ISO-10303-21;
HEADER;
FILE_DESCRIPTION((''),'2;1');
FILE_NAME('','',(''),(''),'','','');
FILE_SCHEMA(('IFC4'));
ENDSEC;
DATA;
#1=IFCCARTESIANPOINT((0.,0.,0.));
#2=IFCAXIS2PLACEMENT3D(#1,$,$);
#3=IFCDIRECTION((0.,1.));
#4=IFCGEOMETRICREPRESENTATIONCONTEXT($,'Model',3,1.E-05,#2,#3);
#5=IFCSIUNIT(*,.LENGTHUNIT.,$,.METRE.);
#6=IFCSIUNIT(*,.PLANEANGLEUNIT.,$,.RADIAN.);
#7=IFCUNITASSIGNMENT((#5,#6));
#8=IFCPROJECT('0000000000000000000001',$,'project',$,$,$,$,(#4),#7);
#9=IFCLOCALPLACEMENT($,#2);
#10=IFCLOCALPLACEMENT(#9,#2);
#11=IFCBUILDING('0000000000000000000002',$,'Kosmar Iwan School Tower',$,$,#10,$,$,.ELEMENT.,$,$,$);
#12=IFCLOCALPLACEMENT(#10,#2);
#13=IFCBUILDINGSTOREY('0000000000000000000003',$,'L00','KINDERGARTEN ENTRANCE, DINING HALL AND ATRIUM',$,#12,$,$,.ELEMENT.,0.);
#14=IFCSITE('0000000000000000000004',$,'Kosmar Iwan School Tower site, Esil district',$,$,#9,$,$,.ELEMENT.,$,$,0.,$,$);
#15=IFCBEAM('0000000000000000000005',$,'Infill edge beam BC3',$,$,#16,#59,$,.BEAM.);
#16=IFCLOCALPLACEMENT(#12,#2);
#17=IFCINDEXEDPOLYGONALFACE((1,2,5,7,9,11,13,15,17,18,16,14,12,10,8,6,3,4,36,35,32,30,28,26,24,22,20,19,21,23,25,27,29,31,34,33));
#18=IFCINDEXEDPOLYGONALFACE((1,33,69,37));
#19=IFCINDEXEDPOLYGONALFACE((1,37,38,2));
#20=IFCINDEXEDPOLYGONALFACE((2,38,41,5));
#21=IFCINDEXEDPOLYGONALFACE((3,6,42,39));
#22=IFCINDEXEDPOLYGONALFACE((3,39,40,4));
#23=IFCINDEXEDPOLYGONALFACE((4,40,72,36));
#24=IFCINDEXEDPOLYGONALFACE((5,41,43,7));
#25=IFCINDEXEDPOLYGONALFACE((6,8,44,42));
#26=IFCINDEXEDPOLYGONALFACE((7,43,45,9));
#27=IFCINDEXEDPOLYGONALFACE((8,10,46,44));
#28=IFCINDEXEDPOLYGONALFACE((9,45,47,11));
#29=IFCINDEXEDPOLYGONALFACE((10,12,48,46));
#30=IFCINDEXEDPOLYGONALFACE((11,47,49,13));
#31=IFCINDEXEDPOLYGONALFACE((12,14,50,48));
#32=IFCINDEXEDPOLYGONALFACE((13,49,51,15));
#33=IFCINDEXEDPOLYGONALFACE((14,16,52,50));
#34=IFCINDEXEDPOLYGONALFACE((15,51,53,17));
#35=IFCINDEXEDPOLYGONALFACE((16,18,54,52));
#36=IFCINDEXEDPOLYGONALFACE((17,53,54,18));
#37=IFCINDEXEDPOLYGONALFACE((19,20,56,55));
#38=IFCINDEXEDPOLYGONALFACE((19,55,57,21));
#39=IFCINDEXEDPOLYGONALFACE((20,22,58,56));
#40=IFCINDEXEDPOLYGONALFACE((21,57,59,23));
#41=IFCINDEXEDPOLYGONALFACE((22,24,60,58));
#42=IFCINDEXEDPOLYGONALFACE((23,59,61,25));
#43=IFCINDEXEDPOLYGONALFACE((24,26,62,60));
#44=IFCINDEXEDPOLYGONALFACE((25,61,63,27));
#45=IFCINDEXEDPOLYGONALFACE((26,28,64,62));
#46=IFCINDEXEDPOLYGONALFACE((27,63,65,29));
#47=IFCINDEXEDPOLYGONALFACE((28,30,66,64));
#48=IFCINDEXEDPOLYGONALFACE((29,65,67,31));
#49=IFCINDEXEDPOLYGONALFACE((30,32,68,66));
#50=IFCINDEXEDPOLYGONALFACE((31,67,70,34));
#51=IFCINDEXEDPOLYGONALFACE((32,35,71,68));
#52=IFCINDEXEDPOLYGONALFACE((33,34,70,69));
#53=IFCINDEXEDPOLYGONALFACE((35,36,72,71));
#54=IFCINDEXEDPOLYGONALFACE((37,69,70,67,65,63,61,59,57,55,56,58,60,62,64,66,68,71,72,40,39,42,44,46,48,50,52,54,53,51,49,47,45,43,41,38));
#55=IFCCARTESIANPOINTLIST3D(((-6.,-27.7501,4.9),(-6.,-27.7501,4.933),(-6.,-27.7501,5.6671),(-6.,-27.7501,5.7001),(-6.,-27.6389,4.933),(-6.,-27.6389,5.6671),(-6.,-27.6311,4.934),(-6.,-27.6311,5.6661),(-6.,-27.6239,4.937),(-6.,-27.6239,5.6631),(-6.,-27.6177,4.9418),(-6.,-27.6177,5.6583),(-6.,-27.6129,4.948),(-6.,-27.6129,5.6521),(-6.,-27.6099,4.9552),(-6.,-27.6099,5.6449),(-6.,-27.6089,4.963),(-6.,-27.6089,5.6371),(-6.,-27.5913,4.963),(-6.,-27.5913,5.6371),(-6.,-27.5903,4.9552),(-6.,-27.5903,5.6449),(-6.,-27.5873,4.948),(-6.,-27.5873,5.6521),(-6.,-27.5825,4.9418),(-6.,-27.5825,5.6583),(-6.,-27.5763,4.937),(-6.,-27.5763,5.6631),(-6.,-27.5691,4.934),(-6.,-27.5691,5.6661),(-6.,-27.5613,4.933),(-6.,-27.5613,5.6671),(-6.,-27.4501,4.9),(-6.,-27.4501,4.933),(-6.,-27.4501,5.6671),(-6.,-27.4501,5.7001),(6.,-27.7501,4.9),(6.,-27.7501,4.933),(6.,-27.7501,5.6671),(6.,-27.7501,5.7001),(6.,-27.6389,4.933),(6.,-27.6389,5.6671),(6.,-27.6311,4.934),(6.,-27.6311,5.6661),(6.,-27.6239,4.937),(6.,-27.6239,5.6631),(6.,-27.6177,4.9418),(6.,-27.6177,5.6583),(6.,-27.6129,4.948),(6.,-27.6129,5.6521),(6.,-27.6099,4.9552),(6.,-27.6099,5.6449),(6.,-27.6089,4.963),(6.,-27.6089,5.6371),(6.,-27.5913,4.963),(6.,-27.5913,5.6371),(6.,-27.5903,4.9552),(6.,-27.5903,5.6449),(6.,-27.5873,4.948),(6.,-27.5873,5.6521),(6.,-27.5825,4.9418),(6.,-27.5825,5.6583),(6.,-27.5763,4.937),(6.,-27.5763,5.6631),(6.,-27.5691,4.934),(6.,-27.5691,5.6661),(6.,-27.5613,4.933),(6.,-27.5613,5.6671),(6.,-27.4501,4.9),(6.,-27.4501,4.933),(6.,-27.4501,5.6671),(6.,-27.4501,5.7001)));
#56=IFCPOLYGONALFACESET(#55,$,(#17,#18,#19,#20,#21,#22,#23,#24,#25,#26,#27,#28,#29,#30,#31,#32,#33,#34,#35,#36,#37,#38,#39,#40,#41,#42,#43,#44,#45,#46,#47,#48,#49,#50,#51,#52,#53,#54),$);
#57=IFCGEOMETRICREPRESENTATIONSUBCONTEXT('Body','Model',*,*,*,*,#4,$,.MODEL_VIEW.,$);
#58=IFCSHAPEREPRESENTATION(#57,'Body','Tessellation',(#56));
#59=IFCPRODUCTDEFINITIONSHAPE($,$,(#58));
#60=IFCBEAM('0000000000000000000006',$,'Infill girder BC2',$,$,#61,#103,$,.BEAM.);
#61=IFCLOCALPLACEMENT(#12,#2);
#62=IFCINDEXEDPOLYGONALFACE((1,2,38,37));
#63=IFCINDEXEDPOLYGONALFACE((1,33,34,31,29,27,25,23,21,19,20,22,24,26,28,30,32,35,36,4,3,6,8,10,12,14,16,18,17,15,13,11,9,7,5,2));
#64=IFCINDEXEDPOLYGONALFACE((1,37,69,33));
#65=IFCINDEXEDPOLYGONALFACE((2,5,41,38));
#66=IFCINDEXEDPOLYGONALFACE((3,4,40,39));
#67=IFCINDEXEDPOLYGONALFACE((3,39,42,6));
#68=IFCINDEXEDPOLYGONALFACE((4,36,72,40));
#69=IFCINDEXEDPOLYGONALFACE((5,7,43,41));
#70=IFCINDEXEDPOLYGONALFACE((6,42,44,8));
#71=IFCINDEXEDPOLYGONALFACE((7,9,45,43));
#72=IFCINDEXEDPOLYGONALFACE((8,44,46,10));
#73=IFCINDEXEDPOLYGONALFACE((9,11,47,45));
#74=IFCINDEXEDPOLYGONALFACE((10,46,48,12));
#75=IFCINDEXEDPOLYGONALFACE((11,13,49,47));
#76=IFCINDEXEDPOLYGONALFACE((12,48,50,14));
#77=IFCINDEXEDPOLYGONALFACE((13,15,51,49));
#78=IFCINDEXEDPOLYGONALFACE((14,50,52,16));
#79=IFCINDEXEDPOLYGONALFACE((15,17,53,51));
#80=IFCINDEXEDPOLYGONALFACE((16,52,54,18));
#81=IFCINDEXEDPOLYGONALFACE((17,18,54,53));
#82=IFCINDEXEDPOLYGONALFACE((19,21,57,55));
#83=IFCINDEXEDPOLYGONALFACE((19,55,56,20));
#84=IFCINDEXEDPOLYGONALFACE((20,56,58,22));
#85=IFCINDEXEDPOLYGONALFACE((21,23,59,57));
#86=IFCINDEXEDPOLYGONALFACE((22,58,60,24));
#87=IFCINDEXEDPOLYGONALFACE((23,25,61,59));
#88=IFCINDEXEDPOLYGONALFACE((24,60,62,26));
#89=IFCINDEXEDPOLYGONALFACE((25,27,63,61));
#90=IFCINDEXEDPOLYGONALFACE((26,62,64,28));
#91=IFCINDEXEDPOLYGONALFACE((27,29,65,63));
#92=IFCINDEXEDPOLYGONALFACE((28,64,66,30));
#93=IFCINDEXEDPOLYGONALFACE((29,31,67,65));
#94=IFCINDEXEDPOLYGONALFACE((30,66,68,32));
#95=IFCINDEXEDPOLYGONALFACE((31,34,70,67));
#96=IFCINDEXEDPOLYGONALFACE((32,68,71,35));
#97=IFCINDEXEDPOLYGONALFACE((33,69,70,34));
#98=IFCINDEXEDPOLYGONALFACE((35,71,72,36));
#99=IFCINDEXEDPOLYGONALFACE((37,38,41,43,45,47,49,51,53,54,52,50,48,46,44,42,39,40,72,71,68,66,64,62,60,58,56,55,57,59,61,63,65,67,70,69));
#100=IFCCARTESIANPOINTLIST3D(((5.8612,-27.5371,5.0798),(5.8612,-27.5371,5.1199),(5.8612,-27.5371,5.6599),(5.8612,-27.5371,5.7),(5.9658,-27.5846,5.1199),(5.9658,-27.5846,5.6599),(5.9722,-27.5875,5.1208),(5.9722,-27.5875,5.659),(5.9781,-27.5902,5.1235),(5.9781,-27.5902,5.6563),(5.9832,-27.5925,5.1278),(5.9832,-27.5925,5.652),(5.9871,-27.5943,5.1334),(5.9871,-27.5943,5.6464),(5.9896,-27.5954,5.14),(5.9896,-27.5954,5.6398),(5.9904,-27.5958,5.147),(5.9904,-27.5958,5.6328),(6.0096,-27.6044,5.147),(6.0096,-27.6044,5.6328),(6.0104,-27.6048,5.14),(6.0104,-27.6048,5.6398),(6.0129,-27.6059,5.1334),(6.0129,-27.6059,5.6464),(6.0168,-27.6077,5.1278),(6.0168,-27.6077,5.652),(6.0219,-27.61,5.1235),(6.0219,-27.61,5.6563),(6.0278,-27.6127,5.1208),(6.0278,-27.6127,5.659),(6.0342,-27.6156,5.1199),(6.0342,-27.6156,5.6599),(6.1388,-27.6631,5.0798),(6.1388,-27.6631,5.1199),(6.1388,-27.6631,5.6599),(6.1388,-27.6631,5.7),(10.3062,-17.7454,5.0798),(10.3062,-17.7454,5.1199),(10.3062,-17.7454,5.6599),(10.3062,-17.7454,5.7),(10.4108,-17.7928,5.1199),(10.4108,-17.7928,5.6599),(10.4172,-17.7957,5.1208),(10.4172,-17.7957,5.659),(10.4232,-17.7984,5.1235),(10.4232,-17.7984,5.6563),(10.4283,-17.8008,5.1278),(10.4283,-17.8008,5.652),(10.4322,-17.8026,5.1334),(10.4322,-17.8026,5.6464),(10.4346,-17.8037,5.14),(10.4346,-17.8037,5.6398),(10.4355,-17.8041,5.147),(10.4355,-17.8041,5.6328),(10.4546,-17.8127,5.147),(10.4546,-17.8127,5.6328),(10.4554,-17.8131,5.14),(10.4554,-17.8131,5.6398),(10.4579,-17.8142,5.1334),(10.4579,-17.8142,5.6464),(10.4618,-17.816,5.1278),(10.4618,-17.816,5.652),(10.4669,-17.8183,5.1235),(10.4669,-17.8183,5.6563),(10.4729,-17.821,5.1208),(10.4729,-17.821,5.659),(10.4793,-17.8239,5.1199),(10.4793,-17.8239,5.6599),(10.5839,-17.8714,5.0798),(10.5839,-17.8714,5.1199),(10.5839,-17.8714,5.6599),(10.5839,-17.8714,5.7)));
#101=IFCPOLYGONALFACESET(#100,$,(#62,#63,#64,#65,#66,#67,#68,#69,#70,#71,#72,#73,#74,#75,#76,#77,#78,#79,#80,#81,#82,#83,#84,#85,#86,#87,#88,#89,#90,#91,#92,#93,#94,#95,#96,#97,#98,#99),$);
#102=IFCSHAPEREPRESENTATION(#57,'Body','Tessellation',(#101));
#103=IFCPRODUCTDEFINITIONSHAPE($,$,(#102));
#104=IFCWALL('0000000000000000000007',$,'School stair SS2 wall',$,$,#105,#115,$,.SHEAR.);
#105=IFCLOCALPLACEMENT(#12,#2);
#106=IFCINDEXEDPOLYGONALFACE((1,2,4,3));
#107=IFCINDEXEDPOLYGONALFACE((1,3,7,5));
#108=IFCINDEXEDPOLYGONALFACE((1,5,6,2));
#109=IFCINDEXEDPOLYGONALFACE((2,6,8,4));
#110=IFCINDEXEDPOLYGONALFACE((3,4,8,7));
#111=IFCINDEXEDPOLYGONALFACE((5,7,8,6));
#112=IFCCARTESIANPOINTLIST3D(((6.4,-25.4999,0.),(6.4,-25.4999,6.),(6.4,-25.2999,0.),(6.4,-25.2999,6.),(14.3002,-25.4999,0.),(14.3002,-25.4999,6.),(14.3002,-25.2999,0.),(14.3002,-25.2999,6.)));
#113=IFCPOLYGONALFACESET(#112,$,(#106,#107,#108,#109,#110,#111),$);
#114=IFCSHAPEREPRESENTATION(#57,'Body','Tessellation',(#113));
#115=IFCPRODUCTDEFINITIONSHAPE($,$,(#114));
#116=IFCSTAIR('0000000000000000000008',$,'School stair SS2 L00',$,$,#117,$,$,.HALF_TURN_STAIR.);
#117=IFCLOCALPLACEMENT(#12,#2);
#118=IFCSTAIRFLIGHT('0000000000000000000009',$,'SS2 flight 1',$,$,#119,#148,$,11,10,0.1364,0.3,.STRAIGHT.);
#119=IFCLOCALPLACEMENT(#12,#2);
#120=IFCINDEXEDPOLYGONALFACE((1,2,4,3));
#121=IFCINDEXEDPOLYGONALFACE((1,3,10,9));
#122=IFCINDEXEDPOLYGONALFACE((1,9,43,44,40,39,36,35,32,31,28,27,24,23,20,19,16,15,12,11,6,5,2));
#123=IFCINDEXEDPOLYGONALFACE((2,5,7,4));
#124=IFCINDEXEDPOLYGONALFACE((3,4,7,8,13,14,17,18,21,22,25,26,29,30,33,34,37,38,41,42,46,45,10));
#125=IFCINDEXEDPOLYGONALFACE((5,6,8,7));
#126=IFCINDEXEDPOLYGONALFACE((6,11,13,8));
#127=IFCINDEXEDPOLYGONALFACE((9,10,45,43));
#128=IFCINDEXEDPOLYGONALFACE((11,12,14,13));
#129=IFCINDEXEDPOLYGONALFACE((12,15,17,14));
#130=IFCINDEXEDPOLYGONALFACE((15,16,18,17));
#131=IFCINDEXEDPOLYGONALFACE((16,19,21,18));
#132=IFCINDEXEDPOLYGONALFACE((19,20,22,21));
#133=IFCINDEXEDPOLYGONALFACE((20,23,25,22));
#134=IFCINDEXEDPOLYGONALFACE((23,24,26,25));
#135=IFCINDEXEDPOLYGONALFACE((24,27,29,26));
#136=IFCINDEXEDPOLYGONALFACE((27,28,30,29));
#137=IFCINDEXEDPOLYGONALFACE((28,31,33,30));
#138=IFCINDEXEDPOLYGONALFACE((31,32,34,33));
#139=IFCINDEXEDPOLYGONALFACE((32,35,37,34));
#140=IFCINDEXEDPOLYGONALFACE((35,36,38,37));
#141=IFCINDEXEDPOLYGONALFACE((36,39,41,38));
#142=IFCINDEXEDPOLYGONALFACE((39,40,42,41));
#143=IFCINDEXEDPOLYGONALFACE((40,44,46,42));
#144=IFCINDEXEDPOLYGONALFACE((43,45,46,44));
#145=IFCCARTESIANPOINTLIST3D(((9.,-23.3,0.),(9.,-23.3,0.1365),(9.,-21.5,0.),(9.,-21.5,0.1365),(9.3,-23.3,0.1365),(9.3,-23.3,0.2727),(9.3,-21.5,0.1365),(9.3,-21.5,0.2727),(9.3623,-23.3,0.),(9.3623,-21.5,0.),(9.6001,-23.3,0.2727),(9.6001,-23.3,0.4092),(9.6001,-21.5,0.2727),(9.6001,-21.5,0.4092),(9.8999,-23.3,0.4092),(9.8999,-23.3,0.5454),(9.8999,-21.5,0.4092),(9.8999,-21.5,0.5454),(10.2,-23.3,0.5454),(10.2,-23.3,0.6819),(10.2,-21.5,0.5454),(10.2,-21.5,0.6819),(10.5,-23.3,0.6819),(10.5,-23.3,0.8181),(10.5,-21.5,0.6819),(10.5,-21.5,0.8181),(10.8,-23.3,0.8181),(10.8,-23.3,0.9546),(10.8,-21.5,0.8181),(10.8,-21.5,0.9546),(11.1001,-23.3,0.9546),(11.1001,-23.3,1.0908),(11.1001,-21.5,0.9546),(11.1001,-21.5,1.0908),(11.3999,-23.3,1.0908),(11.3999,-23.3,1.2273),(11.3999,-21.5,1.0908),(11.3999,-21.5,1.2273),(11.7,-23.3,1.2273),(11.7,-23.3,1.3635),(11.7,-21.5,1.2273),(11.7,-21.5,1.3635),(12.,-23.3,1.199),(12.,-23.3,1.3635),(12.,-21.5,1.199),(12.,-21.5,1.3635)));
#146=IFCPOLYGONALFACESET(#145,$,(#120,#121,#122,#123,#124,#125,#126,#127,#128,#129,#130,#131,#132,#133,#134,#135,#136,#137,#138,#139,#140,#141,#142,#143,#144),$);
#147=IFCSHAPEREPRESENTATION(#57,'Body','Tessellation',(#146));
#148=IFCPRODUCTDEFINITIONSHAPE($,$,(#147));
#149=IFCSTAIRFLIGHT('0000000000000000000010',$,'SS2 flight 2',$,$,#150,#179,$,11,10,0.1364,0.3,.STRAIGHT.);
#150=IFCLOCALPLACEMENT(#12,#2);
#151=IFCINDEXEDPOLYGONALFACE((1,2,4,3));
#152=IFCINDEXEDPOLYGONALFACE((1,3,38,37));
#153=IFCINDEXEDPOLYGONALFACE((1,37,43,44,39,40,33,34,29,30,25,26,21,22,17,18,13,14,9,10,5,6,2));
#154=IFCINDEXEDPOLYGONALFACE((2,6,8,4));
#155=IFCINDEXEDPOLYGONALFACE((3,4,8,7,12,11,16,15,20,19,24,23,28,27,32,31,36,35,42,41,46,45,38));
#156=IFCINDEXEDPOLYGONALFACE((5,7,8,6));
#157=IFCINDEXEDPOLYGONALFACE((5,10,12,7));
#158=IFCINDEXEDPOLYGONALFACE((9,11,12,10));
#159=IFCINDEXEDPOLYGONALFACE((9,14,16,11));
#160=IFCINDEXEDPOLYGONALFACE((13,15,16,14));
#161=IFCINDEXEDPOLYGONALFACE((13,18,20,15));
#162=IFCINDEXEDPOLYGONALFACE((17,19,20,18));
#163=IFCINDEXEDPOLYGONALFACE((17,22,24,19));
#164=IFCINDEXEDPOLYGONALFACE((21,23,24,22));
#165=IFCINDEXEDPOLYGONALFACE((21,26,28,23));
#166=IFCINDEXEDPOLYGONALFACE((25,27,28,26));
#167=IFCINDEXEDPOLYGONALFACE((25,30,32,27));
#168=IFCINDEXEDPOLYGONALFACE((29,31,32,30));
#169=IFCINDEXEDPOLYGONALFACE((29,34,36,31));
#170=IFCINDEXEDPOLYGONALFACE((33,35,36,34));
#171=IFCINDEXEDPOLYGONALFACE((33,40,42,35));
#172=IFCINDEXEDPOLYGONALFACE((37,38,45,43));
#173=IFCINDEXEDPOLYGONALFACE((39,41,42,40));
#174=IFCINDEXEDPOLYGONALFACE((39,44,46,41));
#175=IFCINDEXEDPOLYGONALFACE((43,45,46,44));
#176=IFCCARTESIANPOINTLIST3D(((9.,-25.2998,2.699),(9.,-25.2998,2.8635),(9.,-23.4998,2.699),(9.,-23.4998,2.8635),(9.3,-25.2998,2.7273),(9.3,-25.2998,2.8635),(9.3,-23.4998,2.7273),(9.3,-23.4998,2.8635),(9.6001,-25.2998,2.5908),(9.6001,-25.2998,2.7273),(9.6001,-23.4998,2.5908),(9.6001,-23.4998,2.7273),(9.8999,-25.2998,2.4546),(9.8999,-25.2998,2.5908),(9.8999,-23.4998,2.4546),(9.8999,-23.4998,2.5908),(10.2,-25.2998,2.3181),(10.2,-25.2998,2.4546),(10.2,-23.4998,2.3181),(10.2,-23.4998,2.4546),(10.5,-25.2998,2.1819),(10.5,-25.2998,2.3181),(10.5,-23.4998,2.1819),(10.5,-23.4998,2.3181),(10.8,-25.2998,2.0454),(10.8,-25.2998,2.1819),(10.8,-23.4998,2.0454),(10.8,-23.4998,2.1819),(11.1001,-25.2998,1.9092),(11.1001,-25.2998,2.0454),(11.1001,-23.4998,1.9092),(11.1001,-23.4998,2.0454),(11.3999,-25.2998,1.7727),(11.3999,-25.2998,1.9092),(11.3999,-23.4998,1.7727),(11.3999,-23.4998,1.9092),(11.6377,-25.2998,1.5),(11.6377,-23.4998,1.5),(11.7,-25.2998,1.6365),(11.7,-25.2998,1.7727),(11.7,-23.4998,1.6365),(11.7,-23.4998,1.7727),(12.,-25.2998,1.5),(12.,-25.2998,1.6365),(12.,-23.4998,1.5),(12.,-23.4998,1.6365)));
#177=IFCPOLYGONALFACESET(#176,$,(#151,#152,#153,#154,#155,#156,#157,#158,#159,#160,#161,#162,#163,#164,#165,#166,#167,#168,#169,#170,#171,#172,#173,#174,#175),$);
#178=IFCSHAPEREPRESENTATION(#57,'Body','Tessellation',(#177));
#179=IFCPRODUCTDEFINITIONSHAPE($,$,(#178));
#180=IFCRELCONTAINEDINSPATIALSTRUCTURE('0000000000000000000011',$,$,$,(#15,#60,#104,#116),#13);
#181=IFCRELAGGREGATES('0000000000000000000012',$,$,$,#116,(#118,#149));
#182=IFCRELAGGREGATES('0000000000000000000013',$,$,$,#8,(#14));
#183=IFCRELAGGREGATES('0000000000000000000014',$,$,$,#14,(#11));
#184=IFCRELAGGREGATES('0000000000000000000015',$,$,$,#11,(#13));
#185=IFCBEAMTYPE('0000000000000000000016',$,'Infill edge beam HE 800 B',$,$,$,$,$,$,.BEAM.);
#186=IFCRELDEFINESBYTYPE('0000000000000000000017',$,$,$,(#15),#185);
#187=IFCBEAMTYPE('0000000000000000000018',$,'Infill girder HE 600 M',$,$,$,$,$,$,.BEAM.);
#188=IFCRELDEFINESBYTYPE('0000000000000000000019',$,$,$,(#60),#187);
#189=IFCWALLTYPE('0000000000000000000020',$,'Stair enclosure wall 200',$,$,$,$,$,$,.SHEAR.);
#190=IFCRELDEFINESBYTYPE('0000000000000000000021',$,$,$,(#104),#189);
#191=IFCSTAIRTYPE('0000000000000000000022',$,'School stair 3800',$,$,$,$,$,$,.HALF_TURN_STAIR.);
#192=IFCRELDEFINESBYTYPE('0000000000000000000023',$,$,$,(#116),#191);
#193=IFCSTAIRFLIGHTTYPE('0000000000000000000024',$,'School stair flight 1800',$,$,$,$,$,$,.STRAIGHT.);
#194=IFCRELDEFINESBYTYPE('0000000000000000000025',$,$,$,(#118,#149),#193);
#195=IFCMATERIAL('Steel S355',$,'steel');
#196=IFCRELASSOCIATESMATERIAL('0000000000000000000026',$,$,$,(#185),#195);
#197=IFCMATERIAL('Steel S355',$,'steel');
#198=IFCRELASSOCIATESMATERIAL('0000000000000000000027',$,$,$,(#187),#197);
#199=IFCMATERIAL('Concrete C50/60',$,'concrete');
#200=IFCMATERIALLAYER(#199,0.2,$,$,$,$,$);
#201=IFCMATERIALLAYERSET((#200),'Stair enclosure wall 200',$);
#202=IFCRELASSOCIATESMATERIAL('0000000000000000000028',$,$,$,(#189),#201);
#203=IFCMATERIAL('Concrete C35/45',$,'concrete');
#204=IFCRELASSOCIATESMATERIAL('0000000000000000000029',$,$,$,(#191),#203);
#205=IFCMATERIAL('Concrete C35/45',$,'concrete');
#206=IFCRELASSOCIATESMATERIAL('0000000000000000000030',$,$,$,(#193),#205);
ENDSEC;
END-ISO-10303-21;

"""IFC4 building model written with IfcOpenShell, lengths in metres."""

from ifc_helpers import new_model, si_unit, direction, frame, frame_2d, origin, origin_2d, place, context, subcontext, project, spatial, polyline, rectangle, i_section, outline, extrude, material, layer, layer_set, material_profile, profile_set, type_object, element, aggregate, save


model = new_model("IFC4")

# Units and contexts
model_context = context("Model", 3, precision=1e-05, world=origin(), true_north=direction((0.0, 1.0)))
body_context = subcontext(model_context, "Body", "Model", "MODEL_VIEW")
ifc_project = project(units=[si_unit("LENGTHUNIT", "METRE"), si_unit("PLANEANGLEUNIT", "RADIAN")], contexts=[model_context])

# Site, building, storey
site_placement = place(None, origin())
site = spatial("IfcSite", under=ifc_project, at=site_placement, Name="Kosmar Iwan School Tower site, Esil district", CompositionType="ELEMENT", RefElevation=0.0)
building_placement = place(site_placement, origin())
building = spatial("IfcBuilding", under=site, at=building_placement, Name="Kosmar Iwan School Tower", CompositionType="ELEMENT")
storey_placement = place(building_placement, origin())
storey = spatial("IfcBuildingStorey", under=building, at=storey_placement, Name="L00", Description="KINDERGARTEN ENTRANCE, DINING HALL AND ATRIUM", CompositionType="ELEMENT", Elevation=0.0)

# Beams
ifc_material_1 = material(Name="Steel S355", Category="steel")
ifc_material_profile_1 = material_profile(ifc_material_1, i_section(OverallWidth=0.3, OverallDepth=0.8, WebThickness=0.0176, FlangeThickness=0.033, FilletRadius=0.03, at=origin_2d()), Name="HE 800 B")
ifc_profile_set_1 = profile_set([ifc_material_profile_1], Name="Steel S355")
beam_type_1 = type_object("IfcBeamType", Name="Infill edge beam HE 800 B", PredefinedType="BEAM", material=ifc_profile_set_1)
beam_1_placement = place(storey_placement, frame((6.0, -27.6001, 5.3), z_axis=(-1.0, 0.0, 0.0), x_axis=(0.0, -1.0, 0.0)))
element("IfcBeam", 1, at=beam_1_placement, inside=storey, type_object=beam_type_1, Name="Infill edge beam BC3", PredefinedType="BEAM", context=body_context, shape_type="SweptSolid", body=[
    extrude(i_section(OverallWidth=0.3, OverallDepth=0.8, WebThickness=0.0176, FlangeThickness=0.033, FilletRadius=0.03, at=origin_2d()), origin(), (0.0, 0.0, 1.0), 12.0),
])
ifc_material_2 = material(Name="Steel S355", Category="steel")
ifc_material_profile_2 = material_profile(ifc_material_2, i_section(OverallWidth=0.3049, OverallDepth=0.6201, WebThickness=0.021, FlangeThickness=0.04, FilletRadius=0.0271, at=origin_2d()), Name="HE 600 M")
ifc_profile_set_2 = profile_set([ifc_material_profile_2], Name="Steel S355")
beam_type_2 = type_object("IfcBeamType", Name="Infill girder HE 600 M", PredefinedType="BEAM", material=ifc_profile_set_2)
beam_2_placement = place(storey_placement, frame((6.0, -27.6001, 5.3899), z_axis=(0.413362, 0.910567, 0.0), x_axis=(-0.910567, 0.413362, 0.0)))
element("IfcBeam", 2, at=beam_2_placement, inside=storey, type_object=beam_type_2, Name="Infill girder BC2", PredefinedType="BEAM", context=body_context, shape_type="SweptSolid", body=[
    extrude(i_section(OverallWidth=0.3049, OverallDepth=0.6201, WebThickness=0.021, FlangeThickness=0.04, FilletRadius=0.0271, at=origin_2d()), origin(), (0.0, 0.0, 1.0), 10.7534),
])

# Wall
ifc_material_3 = material(Name="Concrete C50/60", Category="concrete")
ifc_layer_1 = layer(ifc_material_3, 0.2)
ifc_layer_set_1 = layer_set([ifc_layer_1], Name="Stair enclosure wall 200")
wall_type = type_object("IfcWallType", Name="Stair enclosure wall 200", PredefinedType="SHEAR", material=ifc_layer_set_1)
wall_placement = place(storey_placement, frame((6.3999, -25.3999, 0.0), z_axis=(0.0, 0.0, 1.0), x_axis=(1.0, 0.0, 0.0)))
element("IfcWall", 3, at=wall_placement, inside=storey, type_object=wall_type, Name="School stair SS2 wall", PredefinedType="SHEAR", context=body_context, shape_type="SweptSolid", body=[
    extrude(rectangle(XDim=7.9001, YDim=0.2, at=frame_2d((3.9502, 0.0))), origin(), (0.0, 0.0, 1.0), 6.0),
])

# Stair, stair flights
ifc_material_4 = material(Name="Concrete C35/45", Category="concrete")
stair_type = type_object("IfcStairType", Name="School stair 3800", PredefinedType="HALF_TURN_STAIR", material=ifc_material_4)
stair_placement = place(storey_placement, origin())
stair = element("IfcStair", 4, at=stair_placement, inside=storey, type_object=stair_type, Name="School stair SS2 L00", PredefinedType="HALF_TURN_STAIR")
ifc_material_5 = material(Name="Concrete C35/45", Category="concrete")
stair_flight_type = type_object("IfcStairFlightType", Name="School stair flight 1800", PredefinedType="STRAIGHT", material=ifc_material_5)
stair_flight_1_placement = place(storey_placement, frame((9.0, -22.3999, 0.0), z_axis=(0.0, 0.0, 1.0), x_axis=(1.0, 0.0, 0.0)))
stair_flight_1 = element("IfcStairFlight", 5, at=stair_flight_1_placement, type_object=stair_flight_type, Name="SS2 flight 1", NumberOfRisers=11, NumberOfTreads=10, PredefinedType="STRAIGHT", RiserHeight=0.1364, TreadLength=0.3, context=body_context, shape_type="SweptSolid", body=[
    extrude(outline(polyline([(0.0, 0.0), (0.0, 0.1365), (0.3, 0.1365), (0.3, 0.2727), (0.6001, 0.2727), (0.6001, 0.4092), (0.8999, 0.4092), (0.8999, 0.5454), (1.2, 0.5454), (1.2, 0.6819), (1.5, 0.6819), (1.5, 0.8181), (1.8, 0.8181), (1.8, 0.9546), (2.1001, 0.9546), (2.1001, 1.0908), (2.3999, 1.0908), (2.3999, 1.2273), (2.7, 1.2273), (2.7, 1.3635), (3.0, 1.3635), (3.0, 1.5), (3.0, 1.199), (0.3623, 0.0), (0.0, 0.0)])), frame((0.0, 0.8999, 0.0), z_axis=(0.0, -1.0, 0.0), x_axis=(1.0, 0.0, 0.0)), (0.0, 0.0, 1.0), 1.8),
])
stair_flight_2_placement = place(storey_placement, frame((12.0, -24.3999, 1.5), z_axis=(0.0, 0.0, 1.0), x_axis=(-1.0, 0.0, 0.0)))
stair_flight_2 = element("IfcStairFlight", 6, at=stair_flight_2_placement, type_object=stair_flight_type, Name="SS2 flight 2", NumberOfRisers=11, NumberOfTreads=10, PredefinedType="STRAIGHT", RiserHeight=0.1364, TreadLength=0.3, context=body_context, shape_type="SweptSolid", body=[
    extrude(outline(polyline([(0.0, 0.0), (0.0, 0.1365), (0.3, 0.1365), (0.3, 0.2727), (0.6001, 0.2727), (0.6001, 0.4092), (0.8999, 0.4092), (0.8999, 0.5454), (1.2, 0.5454), (1.2, 0.6819), (1.5, 0.6819), (1.5, 0.8181), (1.8, 0.8181), (1.8, 0.9546), (2.1001, 0.9546), (2.1001, 1.0908), (2.3999, 1.0908), (2.3999, 1.2273), (2.7, 1.2273), (2.7, 1.3635), (3.0, 1.3635), (3.0, 1.5), (3.0, 1.199), (0.3623, 0.0), (0.0, 0.0)])), frame((0.0, 0.8999, 0.0), z_axis=(0.0, -1.0, 0.0), x_axis=(1.0, 0.0, 0.0)), (0.0, 0.0, 1.0), 1.8),
])
aggregate(stair, [stair_flight_1, stair_flight_2])

save(model, "model.ifc")
